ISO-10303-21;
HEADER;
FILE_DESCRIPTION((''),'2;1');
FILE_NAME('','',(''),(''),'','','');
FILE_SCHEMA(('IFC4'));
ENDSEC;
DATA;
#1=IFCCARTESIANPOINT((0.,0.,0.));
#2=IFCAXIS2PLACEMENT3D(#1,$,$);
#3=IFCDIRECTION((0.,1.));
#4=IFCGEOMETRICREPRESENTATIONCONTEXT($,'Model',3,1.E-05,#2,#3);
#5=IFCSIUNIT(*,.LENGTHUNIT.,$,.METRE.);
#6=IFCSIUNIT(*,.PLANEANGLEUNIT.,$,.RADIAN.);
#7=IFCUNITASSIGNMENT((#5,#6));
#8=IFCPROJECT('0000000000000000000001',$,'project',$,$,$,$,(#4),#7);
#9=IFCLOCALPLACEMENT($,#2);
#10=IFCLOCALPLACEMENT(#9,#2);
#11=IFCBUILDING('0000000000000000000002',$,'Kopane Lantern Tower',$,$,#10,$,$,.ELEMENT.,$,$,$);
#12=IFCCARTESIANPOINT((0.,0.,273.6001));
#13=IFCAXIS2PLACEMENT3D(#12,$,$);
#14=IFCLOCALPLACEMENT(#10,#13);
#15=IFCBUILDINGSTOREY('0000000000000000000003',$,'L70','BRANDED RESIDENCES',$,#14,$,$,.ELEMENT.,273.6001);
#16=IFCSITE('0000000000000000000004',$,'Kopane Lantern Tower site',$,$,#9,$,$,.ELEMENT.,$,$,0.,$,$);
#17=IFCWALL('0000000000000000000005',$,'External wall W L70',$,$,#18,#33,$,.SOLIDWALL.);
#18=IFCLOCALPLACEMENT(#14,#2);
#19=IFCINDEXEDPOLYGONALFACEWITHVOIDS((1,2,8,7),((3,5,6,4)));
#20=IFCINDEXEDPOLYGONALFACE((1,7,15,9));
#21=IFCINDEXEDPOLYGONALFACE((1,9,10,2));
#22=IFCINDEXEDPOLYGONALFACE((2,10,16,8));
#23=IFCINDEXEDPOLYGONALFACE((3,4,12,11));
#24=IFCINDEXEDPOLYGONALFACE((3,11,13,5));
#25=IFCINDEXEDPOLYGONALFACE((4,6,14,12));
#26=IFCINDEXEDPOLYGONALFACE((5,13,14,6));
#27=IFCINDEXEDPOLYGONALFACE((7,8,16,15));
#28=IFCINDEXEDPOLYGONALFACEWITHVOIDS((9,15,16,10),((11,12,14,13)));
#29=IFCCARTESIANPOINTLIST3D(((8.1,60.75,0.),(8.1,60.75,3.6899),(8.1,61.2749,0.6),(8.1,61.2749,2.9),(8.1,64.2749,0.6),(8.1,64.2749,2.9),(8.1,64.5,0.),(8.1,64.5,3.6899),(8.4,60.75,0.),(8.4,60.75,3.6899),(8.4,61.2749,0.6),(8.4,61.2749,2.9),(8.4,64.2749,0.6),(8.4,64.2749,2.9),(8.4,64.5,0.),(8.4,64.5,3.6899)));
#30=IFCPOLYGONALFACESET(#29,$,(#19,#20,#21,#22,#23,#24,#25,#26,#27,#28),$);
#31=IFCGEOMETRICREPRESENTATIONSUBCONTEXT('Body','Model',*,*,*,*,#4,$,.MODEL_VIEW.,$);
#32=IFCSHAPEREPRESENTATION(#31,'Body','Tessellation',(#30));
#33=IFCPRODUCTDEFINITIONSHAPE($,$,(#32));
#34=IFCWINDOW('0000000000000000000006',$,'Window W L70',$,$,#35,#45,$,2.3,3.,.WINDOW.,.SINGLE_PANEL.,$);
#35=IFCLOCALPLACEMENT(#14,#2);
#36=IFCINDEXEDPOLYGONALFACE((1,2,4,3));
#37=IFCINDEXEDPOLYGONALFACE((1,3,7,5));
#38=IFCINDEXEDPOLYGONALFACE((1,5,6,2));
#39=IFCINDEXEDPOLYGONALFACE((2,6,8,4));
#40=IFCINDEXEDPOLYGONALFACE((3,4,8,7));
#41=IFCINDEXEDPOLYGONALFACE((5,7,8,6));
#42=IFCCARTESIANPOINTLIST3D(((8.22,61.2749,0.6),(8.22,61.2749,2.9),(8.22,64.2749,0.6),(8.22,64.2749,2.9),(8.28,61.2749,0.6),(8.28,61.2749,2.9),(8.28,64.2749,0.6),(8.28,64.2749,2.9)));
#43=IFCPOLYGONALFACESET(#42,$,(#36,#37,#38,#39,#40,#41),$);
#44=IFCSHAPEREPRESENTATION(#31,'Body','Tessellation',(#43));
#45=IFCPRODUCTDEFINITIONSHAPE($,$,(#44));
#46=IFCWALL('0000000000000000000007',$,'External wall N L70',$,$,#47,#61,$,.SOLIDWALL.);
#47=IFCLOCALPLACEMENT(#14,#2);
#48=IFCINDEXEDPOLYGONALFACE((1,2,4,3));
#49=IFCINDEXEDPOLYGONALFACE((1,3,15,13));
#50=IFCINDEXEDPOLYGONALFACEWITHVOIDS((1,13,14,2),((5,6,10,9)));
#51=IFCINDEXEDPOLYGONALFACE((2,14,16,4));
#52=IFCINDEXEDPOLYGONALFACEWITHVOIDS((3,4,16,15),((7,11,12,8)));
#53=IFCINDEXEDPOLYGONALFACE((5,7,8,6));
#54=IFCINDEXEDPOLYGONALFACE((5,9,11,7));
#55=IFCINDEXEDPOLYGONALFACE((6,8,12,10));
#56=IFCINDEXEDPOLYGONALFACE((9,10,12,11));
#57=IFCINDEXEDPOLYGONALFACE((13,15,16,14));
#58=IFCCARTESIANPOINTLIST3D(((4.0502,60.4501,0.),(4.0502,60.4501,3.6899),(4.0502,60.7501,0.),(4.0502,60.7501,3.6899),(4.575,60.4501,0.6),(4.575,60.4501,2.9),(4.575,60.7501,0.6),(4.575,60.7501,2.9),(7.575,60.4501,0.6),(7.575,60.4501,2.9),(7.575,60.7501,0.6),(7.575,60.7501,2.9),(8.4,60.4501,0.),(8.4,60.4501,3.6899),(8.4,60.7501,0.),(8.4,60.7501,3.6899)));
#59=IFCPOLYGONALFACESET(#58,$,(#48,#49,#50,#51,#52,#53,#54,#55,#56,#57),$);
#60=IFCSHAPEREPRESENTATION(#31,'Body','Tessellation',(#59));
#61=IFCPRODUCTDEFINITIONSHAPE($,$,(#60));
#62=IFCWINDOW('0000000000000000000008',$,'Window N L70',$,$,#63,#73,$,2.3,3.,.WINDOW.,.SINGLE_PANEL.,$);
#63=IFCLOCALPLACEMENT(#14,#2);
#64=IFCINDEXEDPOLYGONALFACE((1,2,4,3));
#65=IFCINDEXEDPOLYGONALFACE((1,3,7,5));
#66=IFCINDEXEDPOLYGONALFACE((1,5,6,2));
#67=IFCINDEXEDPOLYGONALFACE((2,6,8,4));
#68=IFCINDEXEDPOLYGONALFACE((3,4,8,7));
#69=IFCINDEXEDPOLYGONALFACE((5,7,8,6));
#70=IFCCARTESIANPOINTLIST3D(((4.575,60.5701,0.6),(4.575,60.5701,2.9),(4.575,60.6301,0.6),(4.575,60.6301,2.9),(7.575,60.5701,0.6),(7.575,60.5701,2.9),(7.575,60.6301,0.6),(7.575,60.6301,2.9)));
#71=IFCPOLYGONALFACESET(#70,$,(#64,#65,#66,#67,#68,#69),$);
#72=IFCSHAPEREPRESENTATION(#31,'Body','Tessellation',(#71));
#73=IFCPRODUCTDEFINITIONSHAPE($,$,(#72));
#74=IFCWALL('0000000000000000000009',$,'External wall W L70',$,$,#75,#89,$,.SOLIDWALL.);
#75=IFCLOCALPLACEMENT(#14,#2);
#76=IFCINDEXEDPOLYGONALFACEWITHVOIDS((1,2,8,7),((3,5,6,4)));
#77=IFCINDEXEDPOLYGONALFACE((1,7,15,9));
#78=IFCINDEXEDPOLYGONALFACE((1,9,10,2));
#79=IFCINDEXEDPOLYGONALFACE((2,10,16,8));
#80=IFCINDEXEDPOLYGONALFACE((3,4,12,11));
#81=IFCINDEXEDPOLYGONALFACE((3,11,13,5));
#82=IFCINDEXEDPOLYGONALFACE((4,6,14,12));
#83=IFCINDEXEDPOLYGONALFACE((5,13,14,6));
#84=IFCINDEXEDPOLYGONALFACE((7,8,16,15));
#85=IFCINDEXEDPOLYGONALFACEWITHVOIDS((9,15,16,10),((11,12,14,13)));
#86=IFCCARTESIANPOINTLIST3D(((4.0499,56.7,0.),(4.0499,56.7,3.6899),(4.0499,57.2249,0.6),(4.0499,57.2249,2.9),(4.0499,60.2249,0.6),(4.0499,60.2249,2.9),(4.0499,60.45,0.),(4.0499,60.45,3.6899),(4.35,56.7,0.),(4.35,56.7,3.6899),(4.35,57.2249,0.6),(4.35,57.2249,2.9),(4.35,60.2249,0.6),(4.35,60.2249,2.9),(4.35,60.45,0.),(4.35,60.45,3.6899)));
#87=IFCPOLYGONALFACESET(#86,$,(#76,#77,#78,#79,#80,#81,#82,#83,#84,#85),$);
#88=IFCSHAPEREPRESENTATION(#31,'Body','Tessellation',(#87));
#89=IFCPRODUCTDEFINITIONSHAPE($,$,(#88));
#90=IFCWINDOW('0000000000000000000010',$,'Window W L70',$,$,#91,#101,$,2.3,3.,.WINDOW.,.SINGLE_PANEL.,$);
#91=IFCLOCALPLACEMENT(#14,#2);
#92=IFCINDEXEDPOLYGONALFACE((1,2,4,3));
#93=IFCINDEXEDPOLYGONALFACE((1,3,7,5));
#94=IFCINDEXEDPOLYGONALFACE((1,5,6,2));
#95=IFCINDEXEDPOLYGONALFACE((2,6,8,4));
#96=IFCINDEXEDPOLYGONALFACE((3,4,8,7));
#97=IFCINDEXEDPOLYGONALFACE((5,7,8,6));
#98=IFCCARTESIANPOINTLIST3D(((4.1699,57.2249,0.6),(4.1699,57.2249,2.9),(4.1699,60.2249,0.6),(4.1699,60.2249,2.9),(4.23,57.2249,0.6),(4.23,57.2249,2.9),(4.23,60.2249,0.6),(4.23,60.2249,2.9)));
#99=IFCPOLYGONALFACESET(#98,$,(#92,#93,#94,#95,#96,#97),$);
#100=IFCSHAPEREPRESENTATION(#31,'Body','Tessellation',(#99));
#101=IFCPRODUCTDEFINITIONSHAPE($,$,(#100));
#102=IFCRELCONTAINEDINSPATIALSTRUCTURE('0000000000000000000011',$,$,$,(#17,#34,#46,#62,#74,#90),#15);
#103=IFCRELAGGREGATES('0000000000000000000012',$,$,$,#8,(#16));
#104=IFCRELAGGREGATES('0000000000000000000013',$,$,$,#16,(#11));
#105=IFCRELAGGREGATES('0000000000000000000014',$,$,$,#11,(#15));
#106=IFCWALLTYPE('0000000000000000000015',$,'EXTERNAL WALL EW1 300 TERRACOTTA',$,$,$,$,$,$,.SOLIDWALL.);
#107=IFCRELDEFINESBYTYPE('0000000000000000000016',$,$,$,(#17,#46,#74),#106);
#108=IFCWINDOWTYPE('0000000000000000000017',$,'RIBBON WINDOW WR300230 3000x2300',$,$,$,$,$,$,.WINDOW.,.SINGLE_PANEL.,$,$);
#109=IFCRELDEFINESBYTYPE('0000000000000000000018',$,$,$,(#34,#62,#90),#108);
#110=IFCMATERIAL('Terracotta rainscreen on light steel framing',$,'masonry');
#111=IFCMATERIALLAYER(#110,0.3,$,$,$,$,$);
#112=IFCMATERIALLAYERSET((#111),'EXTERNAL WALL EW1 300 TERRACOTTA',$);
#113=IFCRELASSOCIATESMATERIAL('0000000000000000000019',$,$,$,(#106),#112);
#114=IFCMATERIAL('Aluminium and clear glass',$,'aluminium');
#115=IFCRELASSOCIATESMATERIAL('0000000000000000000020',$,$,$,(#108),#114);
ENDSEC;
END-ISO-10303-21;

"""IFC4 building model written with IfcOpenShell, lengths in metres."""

from ifc_helpers import new_model, si_unit, direction, frame, frame_2d, origin, place, context, subcontext, project, spatial, rectangle, extrude, material, layer, layer_set, type_object, element, fill, save


model = new_model("IFC4")

# Units and contexts
model_context = context("Model", 3, precision=1e-05, world=origin(), true_north=direction((0.0, 1.0)))
body_context = subcontext(model_context, "Body", "Model", "MODEL_VIEW")
ifc_project = project(units=[si_unit("LENGTHUNIT", "METRE"), si_unit("PLANEANGLEUNIT", "RADIAN")], contexts=[model_context])

# Site, building, storey
site_placement = place(None, origin())
site = spatial("IfcSite", under=ifc_project, at=site_placement, Name="Kopane Lantern Tower site", CompositionType="ELEMENT", RefElevation=0.0)
building_placement = place(site_placement, origin())
building = spatial("IfcBuilding", under=site, at=building_placement, Name="Kopane Lantern Tower", CompositionType="ELEMENT")
storey_placement = place(building_placement, frame((0.0, 0.0, 273.6001)))
storey = spatial("IfcBuildingStorey", under=building, at=storey_placement, Name="L70", Description="BRANDED RESIDENCES", CompositionType="ELEMENT", Elevation=273.6001)

# Walls, openings, windows
ifc_material_1 = material(Name="Terracotta rainscreen on light steel framing", Category="masonry")
ifc_layer = layer(ifc_material_1, 0.3)
ifc_layer_set = layer_set([ifc_layer], Name="EXTERNAL WALL EW1 300 TERRACOTTA")
wall_type = type_object("IfcWallType", Name="EXTERNAL WALL EW1 300 TERRACOTTA", PredefinedType="SOLIDWALL", material=ifc_layer_set)
wall_1_placement = place(storey_placement, frame((8.25, 64.5, 0.0), z_axis=(0.0, 0.0, 1.0), x_axis=(0.0, -1.0, 0.0)))
wall_1 = element("IfcWall", 1, at=wall_1_placement, inside=storey, type_object=wall_type, Name="External wall W L70", PredefinedType="SOLIDWALL", context=body_context, shape_type="SweptSolid", body=[
    extrude(rectangle(XDim=3.75, YDim=0.3, at=frame_2d((1.875, 0.0))), origin(), (0.0, 0.0, 1.0), 3.6899),
])
opening_1_placement = place(wall_1_placement, frame((0.2251, 0.0, 0.6001)))
opening_1 = element("IfcOpeningElement", 2, at=opening_1_placement, cuts=wall_1, PredefinedType="OPENING", context=body_context, shape_type="SweptSolid", body=[
    extrude(rectangle(XDim=3.0, YDim=2.3, at=frame_2d((1.5, 1.1499))), frame((0.0, 0.1599, 0.0), z_axis=(0.0, -1.0, 0.0), x_axis=(1.0, 0.0, 0.0)), (0.0, 0.0, 1.0), 0.3201),
])
ifc_material_2 = material(Name="Aluminium and clear glass", Category="aluminium")
window_type = type_object("IfcWindowType", Name="RIBBON WINDOW WR300230 3000x2300", PartitioningType="SINGLE_PANEL", PredefinedType="WINDOW", material=ifc_material_2)
window_1_placement = place(opening_1_placement, origin())
window_1 = element("IfcWindow", 3, at=window_1_placement, inside=storey, type_object=window_type, Name="Window W L70", OverallHeight=2.3, OverallWidth=3.0, PartitioningType="SINGLE_PANEL", PredefinedType="WINDOW", context=body_context, shape_type="SweptSolid", body=[
    extrude(rectangle(XDim=3.0, YDim=2.3, at=frame_2d((1.5, 1.1499))), frame((0.0, 0.03, 0.0), z_axis=(0.0, -1.0, 0.0), x_axis=(1.0, 0.0, 0.0)), (0.0, 0.0, 1.0), 0.0601),
])
fill(opening_1, window_1)
wall_2_placement = place(storey_placement, frame((8.3999, 60.6001, 0.0), z_axis=(0.0, 0.0, 1.0), x_axis=(-1.0, 0.0, 0.0)))
wall_2 = element("IfcWall", 4, at=wall_2_placement, inside=storey, type_object=wall_type, Name="External wall N L70", PredefinedType="SOLIDWALL", context=body_context, shape_type="SweptSolid", body=[
    extrude(rectangle(XDim=4.3499, YDim=0.3, at=frame_2d((2.1748, 0.0))), origin(), (0.0, 0.0, 1.0), 3.6899),
])
opening_2_placement = place(wall_2_placement, frame((0.825, 0.0, 0.6001)))
opening_2 = element("IfcOpeningElement", 5, at=opening_2_placement, cuts=wall_2, PredefinedType="OPENING", context=body_context, shape_type="SweptSolid", body=[
    extrude(rectangle(XDim=3.0, YDim=2.3, at=frame_2d((1.5, 1.1499))), frame((0.0, 0.1599, 0.0), z_axis=(0.0, -1.0, 0.0), x_axis=(1.0, 0.0, 0.0)), (0.0, 0.0, 1.0), 0.3201),
])
window_2_placement = place(opening_2_placement, origin())
window_2 = element("IfcWindow", 6, at=window_2_placement, inside=storey, type_object=window_type, Name="Window N L70", OverallHeight=2.3, OverallWidth=3.0, PartitioningType="SINGLE_PANEL", PredefinedType="WINDOW", context=body_context, shape_type="SweptSolid", body=[
    extrude(rectangle(XDim=3.0, YDim=2.3, at=frame_2d((1.5, 1.1499))), frame((0.0, 0.03, 0.0), z_axis=(0.0, -1.0, 0.0), x_axis=(1.0, 0.0, 0.0)), (0.0, 0.0, 1.0), 0.0601),
])
fill(opening_2, window_2)
wall_3_placement = place(storey_placement, frame((4.2, 60.45, 0.0), z_axis=(0.0, 0.0, 1.0), x_axis=(0.0, -1.0, 0.0)))
wall_3 = element("IfcWall", 7, at=wall_3_placement, inside=storey, type_object=wall_type, Name="External wall W L70", PredefinedType="SOLIDWALL", context=body_context, shape_type="SweptSolid", body=[
    extrude(rectangle(XDim=3.75, YDim=0.3, at=frame_2d((1.875, 0.0))), origin(), (0.0, 0.0, 1.0), 3.6899),
])
opening_3_placement = place(wall_3_placement, frame((0.2251, 0.0, 0.6001)))
opening_3 = element("IfcOpeningElement", 8, at=opening_3_placement, cuts=wall_3, PredefinedType="OPENING", context=body_context, shape_type="SweptSolid", body=[
    extrude(rectangle(XDim=3.0, YDim=2.3, at=frame_2d((1.5, 1.1499))), frame((0.0, 0.1599, 0.0), z_axis=(0.0, -1.0, 0.0), x_axis=(1.0, 0.0, 0.0)), (0.0, 0.0, 1.0), 0.3201),
])
window_3_placement = place(opening_3_placement, origin())
window_3 = element("IfcWindow", 9, at=window_3_placement, inside=storey, type_object=window_type, Name="Window W L70", OverallHeight=2.3, OverallWidth=3.0, PartitioningType="SINGLE_PANEL", PredefinedType="WINDOW", context=body_context, shape_type="SweptSolid", body=[
    extrude(rectangle(XDim=3.0, YDim=2.3, at=frame_2d((1.5, 1.1499))), frame((0.0, 0.03, 0.0), z_axis=(0.0, -1.0, 0.0), x_axis=(1.0, 0.0, 0.0)), (0.0, 0.0, 1.0), 0.0601),
])
fill(opening_3, window_3)

save(model, "model.ifc")
